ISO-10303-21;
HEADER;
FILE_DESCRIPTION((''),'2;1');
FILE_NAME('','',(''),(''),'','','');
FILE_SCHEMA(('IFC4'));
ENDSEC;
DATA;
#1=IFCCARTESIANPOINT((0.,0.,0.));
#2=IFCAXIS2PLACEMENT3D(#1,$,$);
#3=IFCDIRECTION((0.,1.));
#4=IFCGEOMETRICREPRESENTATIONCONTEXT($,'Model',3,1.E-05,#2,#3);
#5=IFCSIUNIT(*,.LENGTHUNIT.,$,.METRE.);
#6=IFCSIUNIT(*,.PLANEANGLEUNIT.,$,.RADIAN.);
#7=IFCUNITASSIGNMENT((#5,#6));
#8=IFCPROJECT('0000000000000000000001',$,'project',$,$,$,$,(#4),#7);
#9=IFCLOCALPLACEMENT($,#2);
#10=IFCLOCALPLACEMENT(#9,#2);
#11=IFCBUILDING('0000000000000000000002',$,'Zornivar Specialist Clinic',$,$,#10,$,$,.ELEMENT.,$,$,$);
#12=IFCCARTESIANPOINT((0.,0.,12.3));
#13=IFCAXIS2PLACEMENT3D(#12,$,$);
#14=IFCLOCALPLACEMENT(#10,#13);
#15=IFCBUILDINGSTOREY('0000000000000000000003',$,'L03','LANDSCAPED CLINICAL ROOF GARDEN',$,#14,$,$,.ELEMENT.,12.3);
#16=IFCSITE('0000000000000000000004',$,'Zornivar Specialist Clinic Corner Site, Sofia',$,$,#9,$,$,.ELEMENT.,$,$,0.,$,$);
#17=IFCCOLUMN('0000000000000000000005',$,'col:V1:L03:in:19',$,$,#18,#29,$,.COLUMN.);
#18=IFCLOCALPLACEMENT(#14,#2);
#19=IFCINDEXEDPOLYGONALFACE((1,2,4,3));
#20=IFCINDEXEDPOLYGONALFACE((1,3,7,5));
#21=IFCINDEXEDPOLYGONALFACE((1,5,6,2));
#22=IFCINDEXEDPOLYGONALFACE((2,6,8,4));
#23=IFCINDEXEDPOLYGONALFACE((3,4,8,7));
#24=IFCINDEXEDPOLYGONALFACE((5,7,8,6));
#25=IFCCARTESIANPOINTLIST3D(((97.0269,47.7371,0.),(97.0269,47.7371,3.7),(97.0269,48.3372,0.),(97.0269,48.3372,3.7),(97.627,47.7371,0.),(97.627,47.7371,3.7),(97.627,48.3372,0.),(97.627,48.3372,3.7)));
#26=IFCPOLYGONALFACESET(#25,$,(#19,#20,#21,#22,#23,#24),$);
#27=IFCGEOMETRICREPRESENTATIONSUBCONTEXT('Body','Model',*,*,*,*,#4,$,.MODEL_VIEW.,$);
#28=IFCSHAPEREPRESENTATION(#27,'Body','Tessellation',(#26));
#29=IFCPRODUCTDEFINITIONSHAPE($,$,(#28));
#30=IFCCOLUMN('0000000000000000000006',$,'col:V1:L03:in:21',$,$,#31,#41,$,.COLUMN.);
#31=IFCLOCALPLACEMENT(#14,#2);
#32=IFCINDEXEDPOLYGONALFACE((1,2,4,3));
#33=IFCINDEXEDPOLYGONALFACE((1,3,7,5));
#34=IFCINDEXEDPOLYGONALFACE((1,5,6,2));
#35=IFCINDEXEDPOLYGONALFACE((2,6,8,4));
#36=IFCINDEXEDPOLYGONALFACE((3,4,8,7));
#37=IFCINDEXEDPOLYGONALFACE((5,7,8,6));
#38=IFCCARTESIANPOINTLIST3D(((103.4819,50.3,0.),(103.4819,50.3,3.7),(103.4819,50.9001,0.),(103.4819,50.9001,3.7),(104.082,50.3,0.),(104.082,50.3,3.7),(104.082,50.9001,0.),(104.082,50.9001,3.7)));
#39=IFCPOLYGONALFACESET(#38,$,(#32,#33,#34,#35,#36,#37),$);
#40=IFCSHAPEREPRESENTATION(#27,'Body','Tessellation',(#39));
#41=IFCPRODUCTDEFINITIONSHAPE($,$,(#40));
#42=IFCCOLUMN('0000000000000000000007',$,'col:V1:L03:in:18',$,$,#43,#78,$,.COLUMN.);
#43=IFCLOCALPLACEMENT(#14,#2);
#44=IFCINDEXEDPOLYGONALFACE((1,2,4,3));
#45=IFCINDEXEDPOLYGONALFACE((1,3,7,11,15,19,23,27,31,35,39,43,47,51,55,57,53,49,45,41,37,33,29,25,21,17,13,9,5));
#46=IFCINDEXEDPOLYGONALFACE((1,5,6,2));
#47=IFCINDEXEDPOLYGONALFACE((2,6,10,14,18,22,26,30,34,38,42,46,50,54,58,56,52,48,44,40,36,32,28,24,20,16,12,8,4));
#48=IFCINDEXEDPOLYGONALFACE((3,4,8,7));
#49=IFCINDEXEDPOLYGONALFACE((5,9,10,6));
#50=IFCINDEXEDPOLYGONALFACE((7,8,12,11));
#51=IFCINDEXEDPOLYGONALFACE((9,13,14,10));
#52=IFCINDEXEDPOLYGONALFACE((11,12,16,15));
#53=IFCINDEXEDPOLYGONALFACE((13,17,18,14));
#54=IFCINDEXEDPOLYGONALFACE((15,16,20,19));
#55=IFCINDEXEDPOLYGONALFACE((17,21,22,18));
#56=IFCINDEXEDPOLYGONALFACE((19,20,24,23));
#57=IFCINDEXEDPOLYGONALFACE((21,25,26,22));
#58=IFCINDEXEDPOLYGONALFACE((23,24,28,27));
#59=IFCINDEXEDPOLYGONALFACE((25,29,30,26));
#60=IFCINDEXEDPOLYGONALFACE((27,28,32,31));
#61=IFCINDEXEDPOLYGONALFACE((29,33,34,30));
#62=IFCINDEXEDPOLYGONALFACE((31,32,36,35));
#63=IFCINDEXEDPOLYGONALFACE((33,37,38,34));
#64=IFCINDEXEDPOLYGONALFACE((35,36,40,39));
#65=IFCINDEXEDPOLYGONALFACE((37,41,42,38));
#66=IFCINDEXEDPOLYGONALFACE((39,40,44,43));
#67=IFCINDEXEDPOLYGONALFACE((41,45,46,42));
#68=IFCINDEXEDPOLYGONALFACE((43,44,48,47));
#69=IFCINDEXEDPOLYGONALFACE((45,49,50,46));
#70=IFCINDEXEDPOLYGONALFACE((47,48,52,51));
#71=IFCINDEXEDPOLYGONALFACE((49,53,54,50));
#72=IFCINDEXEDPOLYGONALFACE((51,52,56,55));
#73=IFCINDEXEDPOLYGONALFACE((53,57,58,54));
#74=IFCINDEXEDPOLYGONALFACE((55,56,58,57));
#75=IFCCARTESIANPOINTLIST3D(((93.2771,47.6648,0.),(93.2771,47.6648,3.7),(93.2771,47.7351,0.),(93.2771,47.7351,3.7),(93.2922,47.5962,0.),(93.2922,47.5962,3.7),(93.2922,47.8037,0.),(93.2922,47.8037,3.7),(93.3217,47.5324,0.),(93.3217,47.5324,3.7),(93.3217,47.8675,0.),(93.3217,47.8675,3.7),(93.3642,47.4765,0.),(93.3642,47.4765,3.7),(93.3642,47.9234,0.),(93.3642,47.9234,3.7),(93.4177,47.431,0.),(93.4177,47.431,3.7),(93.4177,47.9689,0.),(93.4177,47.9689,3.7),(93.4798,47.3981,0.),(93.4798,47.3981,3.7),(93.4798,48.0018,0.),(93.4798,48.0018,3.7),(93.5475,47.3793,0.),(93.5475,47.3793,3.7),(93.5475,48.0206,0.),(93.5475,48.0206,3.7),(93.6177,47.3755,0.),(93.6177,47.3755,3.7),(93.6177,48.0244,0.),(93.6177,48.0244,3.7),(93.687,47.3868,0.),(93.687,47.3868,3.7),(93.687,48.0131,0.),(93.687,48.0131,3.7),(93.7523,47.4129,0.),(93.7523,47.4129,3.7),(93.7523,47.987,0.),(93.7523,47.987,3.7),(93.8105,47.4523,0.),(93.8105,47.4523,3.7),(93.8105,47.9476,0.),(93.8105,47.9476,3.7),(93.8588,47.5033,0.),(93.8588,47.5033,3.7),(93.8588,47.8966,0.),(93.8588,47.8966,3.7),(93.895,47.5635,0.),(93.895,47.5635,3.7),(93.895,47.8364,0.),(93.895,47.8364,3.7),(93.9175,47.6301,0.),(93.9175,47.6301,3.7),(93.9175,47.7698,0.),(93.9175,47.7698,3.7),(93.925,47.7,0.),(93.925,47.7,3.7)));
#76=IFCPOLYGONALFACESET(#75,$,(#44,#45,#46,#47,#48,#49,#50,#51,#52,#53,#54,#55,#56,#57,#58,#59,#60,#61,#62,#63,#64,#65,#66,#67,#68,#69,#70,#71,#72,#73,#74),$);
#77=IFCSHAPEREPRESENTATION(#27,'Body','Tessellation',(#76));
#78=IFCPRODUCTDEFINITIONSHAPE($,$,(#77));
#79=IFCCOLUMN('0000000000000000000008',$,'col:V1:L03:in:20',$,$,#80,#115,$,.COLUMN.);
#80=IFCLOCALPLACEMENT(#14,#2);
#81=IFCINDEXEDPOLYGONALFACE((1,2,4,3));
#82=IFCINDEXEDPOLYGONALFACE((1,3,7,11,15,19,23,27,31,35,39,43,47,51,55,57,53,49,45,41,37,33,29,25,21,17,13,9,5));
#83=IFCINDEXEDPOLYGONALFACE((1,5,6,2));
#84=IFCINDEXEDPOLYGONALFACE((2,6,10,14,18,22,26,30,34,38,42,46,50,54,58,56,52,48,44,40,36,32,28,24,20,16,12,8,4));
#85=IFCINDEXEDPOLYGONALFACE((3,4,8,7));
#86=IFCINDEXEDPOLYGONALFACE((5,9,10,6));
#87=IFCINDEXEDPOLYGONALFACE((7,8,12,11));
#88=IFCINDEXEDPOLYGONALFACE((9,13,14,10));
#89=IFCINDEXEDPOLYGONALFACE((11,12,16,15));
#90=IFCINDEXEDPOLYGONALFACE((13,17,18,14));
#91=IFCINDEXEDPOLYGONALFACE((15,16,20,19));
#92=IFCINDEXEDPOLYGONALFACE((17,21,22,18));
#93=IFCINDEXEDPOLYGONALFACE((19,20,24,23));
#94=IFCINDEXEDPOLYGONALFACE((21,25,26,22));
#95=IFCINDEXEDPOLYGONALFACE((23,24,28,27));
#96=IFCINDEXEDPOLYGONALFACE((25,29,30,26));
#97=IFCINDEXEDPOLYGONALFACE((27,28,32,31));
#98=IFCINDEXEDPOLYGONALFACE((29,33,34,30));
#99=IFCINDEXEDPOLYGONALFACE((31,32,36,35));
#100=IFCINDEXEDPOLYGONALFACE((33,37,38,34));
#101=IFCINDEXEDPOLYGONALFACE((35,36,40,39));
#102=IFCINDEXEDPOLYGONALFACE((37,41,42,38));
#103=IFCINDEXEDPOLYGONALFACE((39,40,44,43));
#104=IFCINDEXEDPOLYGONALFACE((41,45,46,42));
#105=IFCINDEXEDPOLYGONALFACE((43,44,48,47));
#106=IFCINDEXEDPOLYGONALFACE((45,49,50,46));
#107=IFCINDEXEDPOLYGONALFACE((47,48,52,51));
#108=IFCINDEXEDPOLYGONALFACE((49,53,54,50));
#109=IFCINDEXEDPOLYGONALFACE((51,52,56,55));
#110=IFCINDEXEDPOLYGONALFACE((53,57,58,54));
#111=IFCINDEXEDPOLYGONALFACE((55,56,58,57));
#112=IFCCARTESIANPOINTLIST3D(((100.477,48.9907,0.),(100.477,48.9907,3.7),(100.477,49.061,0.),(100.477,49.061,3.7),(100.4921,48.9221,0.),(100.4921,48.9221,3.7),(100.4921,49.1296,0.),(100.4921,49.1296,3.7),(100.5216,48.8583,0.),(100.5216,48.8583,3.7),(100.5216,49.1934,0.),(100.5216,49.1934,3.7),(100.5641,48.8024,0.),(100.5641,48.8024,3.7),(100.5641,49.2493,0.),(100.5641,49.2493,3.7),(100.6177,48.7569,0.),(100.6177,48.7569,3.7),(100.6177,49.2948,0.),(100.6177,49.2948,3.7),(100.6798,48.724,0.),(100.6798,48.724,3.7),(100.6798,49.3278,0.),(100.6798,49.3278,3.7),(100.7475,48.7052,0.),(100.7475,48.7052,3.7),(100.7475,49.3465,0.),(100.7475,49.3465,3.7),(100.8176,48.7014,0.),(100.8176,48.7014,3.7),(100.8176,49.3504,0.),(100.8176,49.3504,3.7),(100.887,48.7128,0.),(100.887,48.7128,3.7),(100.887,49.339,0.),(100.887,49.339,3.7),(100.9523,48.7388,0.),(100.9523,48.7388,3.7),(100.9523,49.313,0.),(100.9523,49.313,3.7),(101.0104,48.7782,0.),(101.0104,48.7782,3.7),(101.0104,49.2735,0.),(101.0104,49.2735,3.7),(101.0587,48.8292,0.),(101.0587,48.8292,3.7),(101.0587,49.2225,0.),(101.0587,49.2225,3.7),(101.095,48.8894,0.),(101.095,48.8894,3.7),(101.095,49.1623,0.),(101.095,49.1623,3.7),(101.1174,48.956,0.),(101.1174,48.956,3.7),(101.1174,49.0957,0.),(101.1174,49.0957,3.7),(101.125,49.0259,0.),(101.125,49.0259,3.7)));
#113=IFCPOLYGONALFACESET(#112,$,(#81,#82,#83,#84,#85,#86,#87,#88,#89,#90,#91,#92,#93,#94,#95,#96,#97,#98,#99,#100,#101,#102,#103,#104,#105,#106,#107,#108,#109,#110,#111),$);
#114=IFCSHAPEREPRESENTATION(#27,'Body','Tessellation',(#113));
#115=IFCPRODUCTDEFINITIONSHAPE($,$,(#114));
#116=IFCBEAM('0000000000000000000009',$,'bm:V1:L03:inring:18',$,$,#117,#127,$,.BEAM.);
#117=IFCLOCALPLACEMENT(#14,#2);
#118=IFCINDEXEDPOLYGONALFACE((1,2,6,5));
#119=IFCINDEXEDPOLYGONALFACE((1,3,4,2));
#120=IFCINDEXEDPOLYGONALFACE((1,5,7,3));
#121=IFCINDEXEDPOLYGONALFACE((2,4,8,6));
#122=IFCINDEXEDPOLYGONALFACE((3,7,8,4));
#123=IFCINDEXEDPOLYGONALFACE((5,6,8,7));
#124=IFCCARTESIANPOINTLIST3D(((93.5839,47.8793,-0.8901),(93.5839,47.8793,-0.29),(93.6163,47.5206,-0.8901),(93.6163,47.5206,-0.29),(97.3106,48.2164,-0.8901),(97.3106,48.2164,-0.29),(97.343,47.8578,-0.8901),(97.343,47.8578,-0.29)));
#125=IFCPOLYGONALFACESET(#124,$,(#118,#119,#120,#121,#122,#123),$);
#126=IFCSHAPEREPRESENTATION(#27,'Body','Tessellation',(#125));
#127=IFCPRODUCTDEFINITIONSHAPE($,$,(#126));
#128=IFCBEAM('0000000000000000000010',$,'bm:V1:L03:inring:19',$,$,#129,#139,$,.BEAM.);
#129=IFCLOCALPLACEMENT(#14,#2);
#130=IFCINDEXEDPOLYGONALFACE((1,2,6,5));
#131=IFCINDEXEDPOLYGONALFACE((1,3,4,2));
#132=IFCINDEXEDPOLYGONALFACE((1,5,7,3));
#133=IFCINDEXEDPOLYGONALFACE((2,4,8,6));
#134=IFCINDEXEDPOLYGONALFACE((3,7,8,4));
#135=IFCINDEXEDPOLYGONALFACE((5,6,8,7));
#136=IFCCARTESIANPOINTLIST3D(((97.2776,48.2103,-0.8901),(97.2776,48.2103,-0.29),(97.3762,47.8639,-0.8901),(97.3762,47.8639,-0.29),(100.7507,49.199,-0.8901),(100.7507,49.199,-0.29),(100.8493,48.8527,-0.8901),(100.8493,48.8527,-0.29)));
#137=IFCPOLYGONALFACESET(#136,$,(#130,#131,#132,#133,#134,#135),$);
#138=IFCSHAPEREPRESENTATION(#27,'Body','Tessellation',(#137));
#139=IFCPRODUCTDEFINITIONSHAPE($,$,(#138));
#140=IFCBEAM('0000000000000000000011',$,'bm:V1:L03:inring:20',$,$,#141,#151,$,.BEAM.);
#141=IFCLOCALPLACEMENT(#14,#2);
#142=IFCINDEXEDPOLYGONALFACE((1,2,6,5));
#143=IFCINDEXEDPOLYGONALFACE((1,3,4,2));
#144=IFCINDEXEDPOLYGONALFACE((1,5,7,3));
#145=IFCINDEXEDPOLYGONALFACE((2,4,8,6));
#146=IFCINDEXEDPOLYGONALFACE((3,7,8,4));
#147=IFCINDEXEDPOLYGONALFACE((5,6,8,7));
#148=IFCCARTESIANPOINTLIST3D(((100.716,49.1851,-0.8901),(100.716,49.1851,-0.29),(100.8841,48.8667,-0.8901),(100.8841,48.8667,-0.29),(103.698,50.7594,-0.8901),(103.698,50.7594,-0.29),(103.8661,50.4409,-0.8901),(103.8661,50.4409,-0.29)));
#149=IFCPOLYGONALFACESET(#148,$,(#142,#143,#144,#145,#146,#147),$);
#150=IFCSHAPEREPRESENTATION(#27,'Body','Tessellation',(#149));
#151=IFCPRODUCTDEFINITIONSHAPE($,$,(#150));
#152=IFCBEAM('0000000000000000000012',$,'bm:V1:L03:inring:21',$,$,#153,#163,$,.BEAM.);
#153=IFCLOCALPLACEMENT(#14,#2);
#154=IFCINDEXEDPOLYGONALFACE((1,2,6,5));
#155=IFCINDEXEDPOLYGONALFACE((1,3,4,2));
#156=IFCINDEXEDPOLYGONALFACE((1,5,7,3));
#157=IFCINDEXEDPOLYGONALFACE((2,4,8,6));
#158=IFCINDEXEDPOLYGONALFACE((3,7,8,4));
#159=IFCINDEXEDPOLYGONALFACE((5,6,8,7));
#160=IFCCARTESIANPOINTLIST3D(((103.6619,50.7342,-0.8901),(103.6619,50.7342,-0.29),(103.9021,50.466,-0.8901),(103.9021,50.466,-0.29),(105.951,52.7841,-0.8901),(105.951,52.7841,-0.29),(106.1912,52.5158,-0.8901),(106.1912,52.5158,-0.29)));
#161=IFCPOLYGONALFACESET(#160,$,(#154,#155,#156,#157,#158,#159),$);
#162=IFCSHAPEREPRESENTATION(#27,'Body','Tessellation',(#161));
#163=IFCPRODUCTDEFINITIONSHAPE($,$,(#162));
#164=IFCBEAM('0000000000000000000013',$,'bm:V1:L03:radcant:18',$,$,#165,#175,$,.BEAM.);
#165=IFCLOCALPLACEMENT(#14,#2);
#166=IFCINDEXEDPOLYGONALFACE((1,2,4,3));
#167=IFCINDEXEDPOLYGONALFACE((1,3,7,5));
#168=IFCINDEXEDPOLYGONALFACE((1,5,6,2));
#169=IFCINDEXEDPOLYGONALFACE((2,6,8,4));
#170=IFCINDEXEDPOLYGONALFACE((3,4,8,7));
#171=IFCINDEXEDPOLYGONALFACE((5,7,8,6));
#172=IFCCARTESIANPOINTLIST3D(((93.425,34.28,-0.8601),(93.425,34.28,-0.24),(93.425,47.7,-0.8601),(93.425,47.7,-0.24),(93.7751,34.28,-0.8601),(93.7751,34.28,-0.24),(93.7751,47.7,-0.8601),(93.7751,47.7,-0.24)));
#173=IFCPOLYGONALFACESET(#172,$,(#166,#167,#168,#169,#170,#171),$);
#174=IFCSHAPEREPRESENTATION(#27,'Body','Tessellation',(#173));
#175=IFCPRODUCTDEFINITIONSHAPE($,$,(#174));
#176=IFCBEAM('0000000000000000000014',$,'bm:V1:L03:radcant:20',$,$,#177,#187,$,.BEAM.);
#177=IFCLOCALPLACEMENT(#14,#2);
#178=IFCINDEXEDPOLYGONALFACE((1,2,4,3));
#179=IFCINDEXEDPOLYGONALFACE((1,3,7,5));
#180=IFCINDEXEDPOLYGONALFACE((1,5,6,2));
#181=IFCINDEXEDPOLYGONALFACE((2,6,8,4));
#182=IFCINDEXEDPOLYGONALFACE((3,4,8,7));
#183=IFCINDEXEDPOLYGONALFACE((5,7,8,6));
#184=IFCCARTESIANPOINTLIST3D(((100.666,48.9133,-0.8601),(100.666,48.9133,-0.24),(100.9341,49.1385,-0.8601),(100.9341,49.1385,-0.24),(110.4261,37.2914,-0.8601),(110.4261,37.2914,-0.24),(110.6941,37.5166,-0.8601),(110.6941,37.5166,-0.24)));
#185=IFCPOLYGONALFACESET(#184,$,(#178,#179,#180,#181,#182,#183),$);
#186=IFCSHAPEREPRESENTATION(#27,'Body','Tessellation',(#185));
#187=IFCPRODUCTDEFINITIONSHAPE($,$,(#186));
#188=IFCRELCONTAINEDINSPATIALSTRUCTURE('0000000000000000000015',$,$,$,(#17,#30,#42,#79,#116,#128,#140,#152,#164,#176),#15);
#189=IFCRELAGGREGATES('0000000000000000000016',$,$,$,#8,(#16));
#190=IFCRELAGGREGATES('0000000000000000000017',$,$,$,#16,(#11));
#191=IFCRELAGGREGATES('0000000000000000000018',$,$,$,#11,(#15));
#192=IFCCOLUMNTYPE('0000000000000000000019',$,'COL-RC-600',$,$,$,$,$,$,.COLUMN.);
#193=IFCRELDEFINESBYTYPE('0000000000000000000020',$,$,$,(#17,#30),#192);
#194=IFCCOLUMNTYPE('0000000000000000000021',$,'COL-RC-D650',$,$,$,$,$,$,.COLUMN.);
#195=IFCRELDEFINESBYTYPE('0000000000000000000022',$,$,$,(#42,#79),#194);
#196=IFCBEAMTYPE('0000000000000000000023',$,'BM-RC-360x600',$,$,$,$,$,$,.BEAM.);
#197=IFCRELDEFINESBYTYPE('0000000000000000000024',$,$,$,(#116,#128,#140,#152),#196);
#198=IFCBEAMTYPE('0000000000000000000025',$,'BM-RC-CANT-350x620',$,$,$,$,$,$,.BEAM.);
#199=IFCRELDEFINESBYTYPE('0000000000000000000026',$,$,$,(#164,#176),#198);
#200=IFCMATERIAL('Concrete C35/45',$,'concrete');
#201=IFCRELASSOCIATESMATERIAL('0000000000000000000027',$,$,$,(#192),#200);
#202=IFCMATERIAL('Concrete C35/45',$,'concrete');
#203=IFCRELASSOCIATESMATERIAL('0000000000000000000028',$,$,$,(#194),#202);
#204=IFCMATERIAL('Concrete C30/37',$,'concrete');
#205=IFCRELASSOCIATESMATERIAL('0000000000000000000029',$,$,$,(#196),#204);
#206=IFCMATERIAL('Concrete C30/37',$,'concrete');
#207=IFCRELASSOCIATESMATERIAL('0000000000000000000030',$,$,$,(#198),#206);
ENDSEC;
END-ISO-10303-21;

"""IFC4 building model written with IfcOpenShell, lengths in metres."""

from ifc_helpers import new_model, si_unit, direction, frame, origin, origin_2d, place, context, subcontext, project, spatial, rectangle, circle, extrude, material, material_profile, profile_set, type_object, element, save


model = new_model("IFC4")

# Units and contexts
model_context = context("Model", 3, precision=1e-05, world=origin(), true_north=direction((0.0, 1.0)))
body_context = subcontext(model_context, "Body", "Model", "MODEL_VIEW")
ifc_project = project(units=[si_unit("LENGTHUNIT", "METRE"), si_unit("PLANEANGLEUNIT", "RADIAN")], contexts=[model_context])

# Site, building, storey
site_placement = place(None, origin())
site = spatial("IfcSite", under=ifc_project, at=site_placement, Name="Zornivar Specialist Clinic Corner Site, Sofia", CompositionType="ELEMENT", RefElevation=0.0)
building_placement = place(site_placement, origin())
building = spatial("IfcBuilding", under=site, at=building_placement, Name="Zornivar Specialist Clinic", CompositionType="ELEMENT")
storey_placement = place(building_placement, frame((0.0, 0.0, 12.3)))
storey = spatial("IfcBuildingStorey", under=building, at=storey_placement, Name="L03", Description="LANDSCAPED CLINICAL ROOF GARDEN", CompositionType="ELEMENT", Elevation=12.3)

# Columns
ifc_material_1 = material(Name="Concrete C35/45", Category="concrete")
ifc_material_profile_1 = material_profile(ifc_material_1, rectangle(XDim=0.6001, YDim=0.6001, at=origin_2d()), Name="RC 600x600")
ifc_profile_set_1 = profile_set([ifc_material_profile_1], Name="Concrete C35/45")
column_type_1 = type_object("IfcColumnType", Name="COL-RC-600", PredefinedType="COLUMN", material=ifc_profile_set_1)
for number, where, z_axis, x_axis, name in (
    (1, (97.3269, 48.0371, 0.0), (0.0, 0.0, 1.0), (1.0, 0.0, 0.0), "col:V1:L03:in:19"),
    (2, (103.782, 50.6001, 0.0), (0.0, 0.0, 1.0), (1.0, 0.0, 0.0), "col:V1:L03:in:21"),
):
    element("IfcColumn", number, at=place(storey_placement, frame(where, z_axis=z_axis, x_axis=x_axis)), inside=storey, type_object=column_type_1, Name=name, PredefinedType="COLUMN", context=body_context, shape_type="SweptSolid", body=[
        extrude(rectangle(XDim=0.6001, YDim=0.6001, at=origin_2d()), origin(), (0.0, 0.0, 1.0), 3.7),
    ])
ifc_material_2 = material(Name="Concrete C35/45", Category="concrete")
ifc_material_profile_2 = material_profile(ifc_material_2, circle(Radius=0.325, at=origin_2d()), Name="RC D650")
ifc_profile_set_2 = profile_set([ifc_material_profile_2], Name="Concrete C35/45")
column_type_2 = type_object("IfcColumnType", Name="COL-RC-D650", PredefinedType="COLUMN", material=ifc_profile_set_2)
for number, where, z_axis, x_axis, name in (
    (3, (93.6001, 47.7, 0.0), (0.0, 0.0, 1.0), (1.0, 0.0, 0.0), "col:V1:L03:in:18"),
    (4, (100.8, 49.0259, 0.0), (0.0, 0.0, 1.0), (1.0, 0.0, 0.0), "col:V1:L03:in:20"),
):
    element("IfcColumn", number, at=place(storey_placement, frame(where, z_axis=z_axis, x_axis=x_axis)), inside=storey, type_object=column_type_2, Name=name, PredefinedType="COLUMN", context=body_context, shape_type="SweptSolid", body=[
        extrude(circle(Radius=0.325, at=origin_2d()), origin(), (0.0, 0.0, 1.0), 3.7),
    ])

# Beams
ifc_material_3 = material(Name="Concrete C30/37", Category="concrete")
ifc_material_profile_3 = material_profile(ifc_material_3, rectangle(XDim=0.3601, YDim=0.6001, at=origin_2d()), Name="RC 360x600")
ifc_profile_set_3 = profile_set([ifc_material_profile_3], Name="Concrete C30/37")
beam_type_1 = type_object("IfcBeamType", Name="BM-RC-360x600", PredefinedType="BEAM", material=ifc_profile_set_3)
beam_1_placement = place(storey_placement, frame((93.6001, 47.7, -0.5901), z_axis=(0.995933, 0.0901, 0.0), x_axis=(-0.0901, 0.995933, 0.0)))
element("IfcBeam", 5, at=beam_1_placement, inside=storey, type_object=beam_type_1, Name="bm:V1:L03:inring:18", PredefinedType="BEAM", context=body_context, shape_type="SweptSolid", body=[
    extrude(rectangle(XDim=0.3601, YDim=0.6001, at=origin_2d()), origin(), (0.0, 0.0, 1.0), 3.7419),
])
beam_2_placement = place(storey_placement, frame((97.3269, 48.0371, -0.5901), z_axis=(0.961784, 0.27381, 0.0), x_axis=(-0.27381, 0.961784, 0.0)))
element("IfcBeam", 6, at=beam_2_placement, inside=storey, type_object=beam_type_1, Name="bm:V1:L03:inring:19", PredefinedType="BEAM", context=body_context, shape_type="SweptSolid", body=[
    extrude(rectangle(XDim=0.3601, YDim=0.6001, at=origin_2d()), origin(), (0.0, 0.0, 1.0), 3.6111),
])
beam_3_placement = place(storey_placement, frame((100.8, 49.0259, -0.5901), z_axis=(0.884333, 0.466856, 0.0), x_axis=(-0.466856, 0.884333, 0.0)))
element("IfcBeam", 7, at=beam_3_placement, inside=storey, type_object=beam_type_1, Name="bm:V1:L03:inring:20", PredefinedType="BEAM", context=body_context, shape_type="SweptSolid", body=[
    extrude(rectangle(XDim=0.3601, YDim=0.6001, at=origin_2d()), origin(), (0.0, 0.0, 1.0), 3.3721),
])
beam_4_placement = place(storey_placement, frame((103.782, 50.6001, -0.5901), z_axis=(0.744967, 0.667101, 0.0), x_axis=(-0.667101, 0.744967, 0.0)))
element("IfcBeam", 8, at=beam_4_placement, inside=storey, type_object=beam_type_1, Name="bm:V1:L03:inring:21", PredefinedType="BEAM", context=body_context, shape_type="SweptSolid", body=[
    extrude(rectangle(XDim=0.3601, YDim=0.6001, at=origin_2d()), origin(), (0.0, 0.0, 1.0), 3.0728),
])
ifc_material_4 = material(Name="Concrete C30/37", Category="concrete")
ifc_material_profile_4 = material_profile(ifc_material_4, rectangle(XDim=0.3501, YDim=0.6201, at=origin_2d()), Name="RC 350x620")
ifc_profile_set_4 = profile_set([ifc_material_profile_4], Name="Concrete C30/37")
beam_type_2 = type_object("IfcBeamType", Name="BM-RC-CANT-350x620", PredefinedType="BEAM", material=ifc_profile_set_4)
beam_5_placement = place(storey_placement, frame((93.6001, 47.7, -0.55), z_axis=(0.0, -1.0, 0.0), x_axis=(1.0, 0.0, 0.0)))
element("IfcBeam", 9, at=beam_5_placement, inside=storey, type_object=beam_type_2, Name="bm:V1:L03:radcant:18", PredefinedType="BEAM", context=body_context, shape_type="SweptSolid", body=[
    extrude(rectangle(XDim=0.3501, YDim=0.6201, at=origin_2d()), origin(), (0.0, 0.0, 1.0), 13.4199),
])
beam_6_placement = place(storey_placement, frame((100.8, 49.0259, -0.55), z_axis=(0.643102, -0.76578, 0.0), x_axis=(0.76578, 0.643102, 0.0)))
element("IfcBeam", 10, at=beam_6_placement, inside=storey, type_object=beam_type_2, Name="bm:V1:L03:radcant:20", PredefinedType="BEAM", context=body_context, shape_type="SweptSolid", body=[
    extrude(rectangle(XDim=0.3501, YDim=0.6201, at=origin_2d()), origin(), (0.0, 0.0, 1.0), 15.1765),
])

save(model, "model.ifc")
